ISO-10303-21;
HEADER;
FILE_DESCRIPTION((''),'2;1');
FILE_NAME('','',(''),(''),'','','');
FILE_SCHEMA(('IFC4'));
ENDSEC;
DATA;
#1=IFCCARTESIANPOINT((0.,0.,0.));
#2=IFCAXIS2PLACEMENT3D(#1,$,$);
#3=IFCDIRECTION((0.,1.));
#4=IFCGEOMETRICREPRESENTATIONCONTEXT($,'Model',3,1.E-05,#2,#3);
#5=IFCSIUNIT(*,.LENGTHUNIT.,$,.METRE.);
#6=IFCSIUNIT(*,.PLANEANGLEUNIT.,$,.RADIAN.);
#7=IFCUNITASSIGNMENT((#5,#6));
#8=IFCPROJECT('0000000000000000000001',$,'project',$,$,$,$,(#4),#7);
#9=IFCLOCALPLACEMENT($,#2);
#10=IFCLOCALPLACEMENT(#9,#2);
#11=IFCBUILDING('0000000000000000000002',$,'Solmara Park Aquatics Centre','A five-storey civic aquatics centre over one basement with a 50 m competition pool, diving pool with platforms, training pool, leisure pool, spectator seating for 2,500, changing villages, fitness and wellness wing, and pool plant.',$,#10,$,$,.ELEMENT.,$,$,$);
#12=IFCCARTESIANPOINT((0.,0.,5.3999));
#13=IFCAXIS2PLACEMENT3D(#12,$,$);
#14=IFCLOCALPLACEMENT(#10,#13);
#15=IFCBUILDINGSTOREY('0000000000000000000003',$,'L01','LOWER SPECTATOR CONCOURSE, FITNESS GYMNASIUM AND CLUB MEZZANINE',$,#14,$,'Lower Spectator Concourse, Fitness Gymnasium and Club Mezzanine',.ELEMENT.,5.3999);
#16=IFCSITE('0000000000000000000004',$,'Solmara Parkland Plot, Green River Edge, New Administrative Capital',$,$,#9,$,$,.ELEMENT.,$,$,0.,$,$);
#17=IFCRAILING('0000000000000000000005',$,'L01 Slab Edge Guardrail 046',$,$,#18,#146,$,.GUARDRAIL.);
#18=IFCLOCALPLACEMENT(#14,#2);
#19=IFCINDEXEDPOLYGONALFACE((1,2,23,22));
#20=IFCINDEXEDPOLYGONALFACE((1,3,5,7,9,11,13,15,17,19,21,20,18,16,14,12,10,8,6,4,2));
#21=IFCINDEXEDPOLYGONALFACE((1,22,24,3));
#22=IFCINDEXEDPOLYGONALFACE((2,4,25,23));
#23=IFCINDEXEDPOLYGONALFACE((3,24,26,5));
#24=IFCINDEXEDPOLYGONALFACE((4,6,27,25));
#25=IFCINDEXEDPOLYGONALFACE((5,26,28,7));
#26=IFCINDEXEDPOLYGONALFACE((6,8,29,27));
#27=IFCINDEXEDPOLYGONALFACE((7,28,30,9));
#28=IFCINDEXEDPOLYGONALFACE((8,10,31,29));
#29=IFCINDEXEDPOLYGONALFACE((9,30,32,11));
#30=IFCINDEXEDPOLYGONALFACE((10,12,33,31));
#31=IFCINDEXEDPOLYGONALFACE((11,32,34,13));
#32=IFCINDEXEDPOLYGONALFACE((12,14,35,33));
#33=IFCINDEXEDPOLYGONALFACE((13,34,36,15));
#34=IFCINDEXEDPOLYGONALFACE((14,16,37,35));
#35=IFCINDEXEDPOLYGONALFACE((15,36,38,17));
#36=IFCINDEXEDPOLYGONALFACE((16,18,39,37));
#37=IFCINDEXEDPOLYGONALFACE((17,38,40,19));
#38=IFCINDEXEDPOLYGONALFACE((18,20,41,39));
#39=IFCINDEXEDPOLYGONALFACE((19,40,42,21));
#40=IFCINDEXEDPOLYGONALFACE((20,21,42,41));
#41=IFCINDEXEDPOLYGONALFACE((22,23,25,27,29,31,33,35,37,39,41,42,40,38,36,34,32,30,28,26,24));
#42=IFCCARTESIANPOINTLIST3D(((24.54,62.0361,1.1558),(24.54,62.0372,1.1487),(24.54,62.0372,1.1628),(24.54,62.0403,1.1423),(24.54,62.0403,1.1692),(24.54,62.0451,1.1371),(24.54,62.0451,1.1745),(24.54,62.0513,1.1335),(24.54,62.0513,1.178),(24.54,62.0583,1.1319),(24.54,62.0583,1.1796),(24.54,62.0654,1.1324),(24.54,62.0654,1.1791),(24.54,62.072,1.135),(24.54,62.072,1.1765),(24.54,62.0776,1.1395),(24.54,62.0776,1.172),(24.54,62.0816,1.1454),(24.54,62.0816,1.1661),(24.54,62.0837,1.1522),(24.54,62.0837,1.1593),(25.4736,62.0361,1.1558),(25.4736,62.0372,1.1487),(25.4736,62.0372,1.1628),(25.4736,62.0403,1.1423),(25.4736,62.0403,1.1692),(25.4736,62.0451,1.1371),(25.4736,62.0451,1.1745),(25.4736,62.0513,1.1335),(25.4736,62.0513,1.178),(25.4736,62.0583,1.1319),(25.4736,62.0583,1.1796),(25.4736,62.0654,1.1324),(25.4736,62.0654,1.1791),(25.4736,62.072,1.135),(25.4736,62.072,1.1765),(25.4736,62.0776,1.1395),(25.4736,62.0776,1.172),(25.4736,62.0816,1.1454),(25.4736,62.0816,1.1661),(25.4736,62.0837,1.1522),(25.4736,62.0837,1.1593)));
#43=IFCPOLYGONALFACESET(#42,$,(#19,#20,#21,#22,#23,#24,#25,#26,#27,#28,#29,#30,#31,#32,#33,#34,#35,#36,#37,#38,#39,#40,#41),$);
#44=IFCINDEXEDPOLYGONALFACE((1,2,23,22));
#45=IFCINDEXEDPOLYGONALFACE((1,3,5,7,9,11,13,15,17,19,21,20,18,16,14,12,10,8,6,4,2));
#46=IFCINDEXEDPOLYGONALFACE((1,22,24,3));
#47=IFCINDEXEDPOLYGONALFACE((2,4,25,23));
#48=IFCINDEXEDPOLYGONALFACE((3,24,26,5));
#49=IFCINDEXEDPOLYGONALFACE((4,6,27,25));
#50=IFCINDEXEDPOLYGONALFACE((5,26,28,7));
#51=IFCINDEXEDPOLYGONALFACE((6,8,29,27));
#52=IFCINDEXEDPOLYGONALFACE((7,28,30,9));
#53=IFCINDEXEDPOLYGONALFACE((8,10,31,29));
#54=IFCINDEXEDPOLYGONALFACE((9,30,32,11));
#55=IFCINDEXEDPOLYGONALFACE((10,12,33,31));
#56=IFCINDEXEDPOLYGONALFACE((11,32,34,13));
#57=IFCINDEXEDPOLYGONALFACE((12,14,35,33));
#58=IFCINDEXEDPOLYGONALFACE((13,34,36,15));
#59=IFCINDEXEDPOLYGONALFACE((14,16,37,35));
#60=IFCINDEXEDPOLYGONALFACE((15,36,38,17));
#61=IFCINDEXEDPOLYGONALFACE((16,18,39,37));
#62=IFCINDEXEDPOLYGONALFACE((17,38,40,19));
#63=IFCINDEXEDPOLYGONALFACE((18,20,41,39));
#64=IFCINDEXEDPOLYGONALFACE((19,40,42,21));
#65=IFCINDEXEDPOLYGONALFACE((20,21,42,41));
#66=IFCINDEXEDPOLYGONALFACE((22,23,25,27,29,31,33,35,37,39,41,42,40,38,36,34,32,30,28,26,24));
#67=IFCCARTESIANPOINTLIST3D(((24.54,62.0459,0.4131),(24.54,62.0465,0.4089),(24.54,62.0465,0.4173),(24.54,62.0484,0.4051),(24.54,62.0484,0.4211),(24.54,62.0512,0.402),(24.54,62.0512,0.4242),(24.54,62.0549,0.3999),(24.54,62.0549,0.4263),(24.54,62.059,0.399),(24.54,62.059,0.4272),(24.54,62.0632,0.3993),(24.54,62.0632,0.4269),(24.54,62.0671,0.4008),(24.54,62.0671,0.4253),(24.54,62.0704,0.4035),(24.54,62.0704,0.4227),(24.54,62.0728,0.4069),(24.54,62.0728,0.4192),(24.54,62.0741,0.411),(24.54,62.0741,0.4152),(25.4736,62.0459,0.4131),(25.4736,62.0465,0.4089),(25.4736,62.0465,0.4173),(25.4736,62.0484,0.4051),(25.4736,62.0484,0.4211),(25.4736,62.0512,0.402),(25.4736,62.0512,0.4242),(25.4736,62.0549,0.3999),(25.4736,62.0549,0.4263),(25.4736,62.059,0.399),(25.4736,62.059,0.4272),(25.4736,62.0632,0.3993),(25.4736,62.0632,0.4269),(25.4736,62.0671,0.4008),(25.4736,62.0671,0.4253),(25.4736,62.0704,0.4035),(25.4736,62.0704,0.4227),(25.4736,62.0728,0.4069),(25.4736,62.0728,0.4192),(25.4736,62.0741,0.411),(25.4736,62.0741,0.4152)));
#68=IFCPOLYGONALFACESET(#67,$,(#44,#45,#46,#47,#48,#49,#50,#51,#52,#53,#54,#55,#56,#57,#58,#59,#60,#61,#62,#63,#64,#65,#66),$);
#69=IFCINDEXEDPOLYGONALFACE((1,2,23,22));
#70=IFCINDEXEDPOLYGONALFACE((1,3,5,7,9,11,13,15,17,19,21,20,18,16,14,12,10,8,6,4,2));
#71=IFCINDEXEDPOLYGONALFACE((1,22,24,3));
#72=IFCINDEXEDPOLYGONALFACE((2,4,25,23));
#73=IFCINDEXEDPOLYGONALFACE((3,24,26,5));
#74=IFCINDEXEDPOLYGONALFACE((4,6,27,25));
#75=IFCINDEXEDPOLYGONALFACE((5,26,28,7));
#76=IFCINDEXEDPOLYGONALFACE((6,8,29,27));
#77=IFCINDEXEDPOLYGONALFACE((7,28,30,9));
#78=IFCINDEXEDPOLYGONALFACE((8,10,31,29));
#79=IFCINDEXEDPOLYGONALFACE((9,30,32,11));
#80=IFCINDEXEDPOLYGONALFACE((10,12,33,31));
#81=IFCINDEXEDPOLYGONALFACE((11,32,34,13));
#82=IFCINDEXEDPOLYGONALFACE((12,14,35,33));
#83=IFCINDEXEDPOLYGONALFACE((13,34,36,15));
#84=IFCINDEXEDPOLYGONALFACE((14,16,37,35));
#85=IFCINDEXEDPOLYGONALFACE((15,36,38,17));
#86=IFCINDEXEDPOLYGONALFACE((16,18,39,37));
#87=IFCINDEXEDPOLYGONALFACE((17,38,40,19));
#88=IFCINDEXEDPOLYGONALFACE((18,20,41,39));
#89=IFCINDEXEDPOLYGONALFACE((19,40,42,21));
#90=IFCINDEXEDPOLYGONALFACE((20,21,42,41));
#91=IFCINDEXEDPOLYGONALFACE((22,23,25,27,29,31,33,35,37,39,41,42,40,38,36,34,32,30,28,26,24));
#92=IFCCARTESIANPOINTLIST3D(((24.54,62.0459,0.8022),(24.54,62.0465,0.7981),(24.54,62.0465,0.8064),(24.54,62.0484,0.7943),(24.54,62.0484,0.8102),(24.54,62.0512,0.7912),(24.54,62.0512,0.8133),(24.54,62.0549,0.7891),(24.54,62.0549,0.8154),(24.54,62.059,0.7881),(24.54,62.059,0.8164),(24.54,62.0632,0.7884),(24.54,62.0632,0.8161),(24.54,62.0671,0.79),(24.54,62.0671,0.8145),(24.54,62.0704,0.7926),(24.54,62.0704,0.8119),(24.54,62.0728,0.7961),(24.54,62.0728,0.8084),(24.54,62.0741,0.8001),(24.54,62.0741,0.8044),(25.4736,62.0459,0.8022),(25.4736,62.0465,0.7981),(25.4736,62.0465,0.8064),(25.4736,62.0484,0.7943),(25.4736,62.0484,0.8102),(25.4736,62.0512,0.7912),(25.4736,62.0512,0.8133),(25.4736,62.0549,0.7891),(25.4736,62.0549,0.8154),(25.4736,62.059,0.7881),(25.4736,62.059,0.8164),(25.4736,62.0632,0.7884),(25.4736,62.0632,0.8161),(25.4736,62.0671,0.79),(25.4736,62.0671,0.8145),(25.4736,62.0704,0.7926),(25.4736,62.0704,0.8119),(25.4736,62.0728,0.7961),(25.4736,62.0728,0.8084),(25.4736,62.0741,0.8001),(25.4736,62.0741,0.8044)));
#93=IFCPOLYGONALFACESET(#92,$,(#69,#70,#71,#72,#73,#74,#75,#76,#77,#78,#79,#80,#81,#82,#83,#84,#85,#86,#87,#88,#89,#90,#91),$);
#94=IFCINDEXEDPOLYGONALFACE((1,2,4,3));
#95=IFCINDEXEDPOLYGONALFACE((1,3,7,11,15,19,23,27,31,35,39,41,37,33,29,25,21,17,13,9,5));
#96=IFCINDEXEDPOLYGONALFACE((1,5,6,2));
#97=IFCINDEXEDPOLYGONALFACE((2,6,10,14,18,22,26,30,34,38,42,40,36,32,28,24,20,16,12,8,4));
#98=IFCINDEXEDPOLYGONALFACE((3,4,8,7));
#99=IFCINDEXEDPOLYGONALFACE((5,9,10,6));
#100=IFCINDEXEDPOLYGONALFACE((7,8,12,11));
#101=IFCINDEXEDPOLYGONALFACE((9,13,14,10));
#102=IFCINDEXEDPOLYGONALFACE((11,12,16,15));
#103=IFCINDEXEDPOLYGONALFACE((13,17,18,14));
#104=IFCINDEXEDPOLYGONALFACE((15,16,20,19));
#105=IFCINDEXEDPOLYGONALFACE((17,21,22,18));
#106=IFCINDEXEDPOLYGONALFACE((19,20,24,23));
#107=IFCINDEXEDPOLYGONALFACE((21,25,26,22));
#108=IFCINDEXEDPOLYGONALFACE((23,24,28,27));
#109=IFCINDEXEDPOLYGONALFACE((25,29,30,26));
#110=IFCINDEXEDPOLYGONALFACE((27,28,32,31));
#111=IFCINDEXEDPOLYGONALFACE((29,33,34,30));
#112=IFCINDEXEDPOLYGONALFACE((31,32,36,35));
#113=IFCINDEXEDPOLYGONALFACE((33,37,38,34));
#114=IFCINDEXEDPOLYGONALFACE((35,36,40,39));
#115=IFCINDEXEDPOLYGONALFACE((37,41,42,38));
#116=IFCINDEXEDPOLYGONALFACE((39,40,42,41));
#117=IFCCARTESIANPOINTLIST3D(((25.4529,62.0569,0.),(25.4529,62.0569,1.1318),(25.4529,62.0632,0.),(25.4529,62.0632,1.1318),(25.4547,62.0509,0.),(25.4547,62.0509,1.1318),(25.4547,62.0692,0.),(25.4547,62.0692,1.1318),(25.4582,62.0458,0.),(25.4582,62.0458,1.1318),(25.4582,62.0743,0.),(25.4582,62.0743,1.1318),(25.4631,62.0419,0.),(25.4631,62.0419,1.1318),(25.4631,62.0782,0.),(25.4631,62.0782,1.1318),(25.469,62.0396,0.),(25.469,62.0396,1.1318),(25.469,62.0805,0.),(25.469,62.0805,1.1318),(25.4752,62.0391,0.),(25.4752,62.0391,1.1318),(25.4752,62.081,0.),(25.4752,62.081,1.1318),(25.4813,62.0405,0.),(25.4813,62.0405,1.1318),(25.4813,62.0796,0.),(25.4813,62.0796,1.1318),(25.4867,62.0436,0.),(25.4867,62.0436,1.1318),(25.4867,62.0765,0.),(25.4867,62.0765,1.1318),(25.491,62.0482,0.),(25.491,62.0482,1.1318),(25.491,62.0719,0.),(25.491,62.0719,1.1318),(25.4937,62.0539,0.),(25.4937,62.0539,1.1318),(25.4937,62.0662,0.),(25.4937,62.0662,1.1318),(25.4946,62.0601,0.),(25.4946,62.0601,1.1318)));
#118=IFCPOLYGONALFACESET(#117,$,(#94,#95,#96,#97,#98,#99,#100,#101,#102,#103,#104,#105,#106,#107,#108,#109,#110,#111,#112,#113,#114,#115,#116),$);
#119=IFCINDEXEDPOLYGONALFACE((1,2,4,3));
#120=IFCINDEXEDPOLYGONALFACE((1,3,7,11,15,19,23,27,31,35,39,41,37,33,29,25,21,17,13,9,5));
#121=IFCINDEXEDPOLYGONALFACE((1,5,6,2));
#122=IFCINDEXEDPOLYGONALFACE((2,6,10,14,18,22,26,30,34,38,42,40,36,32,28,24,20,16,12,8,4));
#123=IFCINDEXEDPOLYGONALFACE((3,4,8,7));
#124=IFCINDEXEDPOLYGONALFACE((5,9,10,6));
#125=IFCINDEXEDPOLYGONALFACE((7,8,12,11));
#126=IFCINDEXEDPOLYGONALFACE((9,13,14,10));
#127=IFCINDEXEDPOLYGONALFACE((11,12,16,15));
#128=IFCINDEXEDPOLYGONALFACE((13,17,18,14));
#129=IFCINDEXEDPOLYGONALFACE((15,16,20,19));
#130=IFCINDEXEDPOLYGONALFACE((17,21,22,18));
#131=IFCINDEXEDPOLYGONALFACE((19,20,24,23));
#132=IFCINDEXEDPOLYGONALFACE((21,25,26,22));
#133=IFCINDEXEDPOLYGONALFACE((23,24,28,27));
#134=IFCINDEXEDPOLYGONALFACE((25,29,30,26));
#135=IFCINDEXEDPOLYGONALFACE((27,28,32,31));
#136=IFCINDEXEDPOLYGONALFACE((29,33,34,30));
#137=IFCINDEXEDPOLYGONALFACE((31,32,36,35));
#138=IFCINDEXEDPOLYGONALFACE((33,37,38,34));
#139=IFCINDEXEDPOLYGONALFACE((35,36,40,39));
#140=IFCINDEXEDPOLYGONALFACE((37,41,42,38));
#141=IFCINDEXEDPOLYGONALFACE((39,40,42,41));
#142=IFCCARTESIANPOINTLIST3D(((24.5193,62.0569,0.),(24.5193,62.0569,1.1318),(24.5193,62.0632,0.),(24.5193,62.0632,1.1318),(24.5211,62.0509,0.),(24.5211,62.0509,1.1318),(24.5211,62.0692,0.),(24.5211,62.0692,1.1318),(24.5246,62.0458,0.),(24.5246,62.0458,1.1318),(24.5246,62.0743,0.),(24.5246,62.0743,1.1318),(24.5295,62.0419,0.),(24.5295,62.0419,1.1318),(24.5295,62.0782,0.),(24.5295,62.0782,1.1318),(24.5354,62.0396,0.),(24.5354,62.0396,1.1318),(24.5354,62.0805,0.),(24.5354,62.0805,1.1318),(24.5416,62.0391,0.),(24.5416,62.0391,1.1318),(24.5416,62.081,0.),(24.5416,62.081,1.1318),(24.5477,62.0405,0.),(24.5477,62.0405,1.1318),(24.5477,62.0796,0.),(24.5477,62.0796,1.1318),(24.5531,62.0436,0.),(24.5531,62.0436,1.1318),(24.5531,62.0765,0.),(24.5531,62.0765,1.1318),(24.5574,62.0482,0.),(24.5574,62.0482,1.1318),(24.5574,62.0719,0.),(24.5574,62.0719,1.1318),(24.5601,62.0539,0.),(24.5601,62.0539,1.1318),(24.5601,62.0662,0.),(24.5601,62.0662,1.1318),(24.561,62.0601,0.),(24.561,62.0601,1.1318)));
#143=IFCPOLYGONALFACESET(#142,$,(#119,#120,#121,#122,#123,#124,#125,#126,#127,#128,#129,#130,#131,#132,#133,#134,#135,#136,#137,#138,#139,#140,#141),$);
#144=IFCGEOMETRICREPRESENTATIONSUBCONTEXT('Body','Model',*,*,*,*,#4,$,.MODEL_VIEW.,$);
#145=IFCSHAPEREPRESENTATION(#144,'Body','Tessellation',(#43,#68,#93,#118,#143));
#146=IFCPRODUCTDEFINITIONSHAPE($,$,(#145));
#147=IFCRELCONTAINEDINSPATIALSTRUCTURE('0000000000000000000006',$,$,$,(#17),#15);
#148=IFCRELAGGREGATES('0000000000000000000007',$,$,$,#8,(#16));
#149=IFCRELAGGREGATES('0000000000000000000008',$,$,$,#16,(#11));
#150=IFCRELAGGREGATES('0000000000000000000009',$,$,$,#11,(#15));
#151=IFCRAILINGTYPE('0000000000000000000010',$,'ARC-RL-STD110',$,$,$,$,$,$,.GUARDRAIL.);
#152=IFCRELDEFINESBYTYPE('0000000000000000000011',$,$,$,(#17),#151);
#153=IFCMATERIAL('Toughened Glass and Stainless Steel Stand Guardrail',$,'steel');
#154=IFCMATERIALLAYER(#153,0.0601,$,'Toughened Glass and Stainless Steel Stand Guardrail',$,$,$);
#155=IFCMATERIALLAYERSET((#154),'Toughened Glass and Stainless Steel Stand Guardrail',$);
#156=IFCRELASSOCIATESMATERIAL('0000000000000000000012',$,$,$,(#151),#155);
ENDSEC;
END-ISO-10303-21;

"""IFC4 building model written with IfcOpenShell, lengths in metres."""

from ifc_helpers import new_model, si_unit, direction, frame, origin, origin_2d, place, context, subcontext, project, spatial, circle, extrude, material, layer, layer_set, type_object, element, save


model = new_model("IFC4")

# Units and contexts
model_context = context("Model", 3, precision=1e-05, world=origin(), true_north=direction((0.0, 1.0)))
body_context = subcontext(model_context, "Body", "Model", "MODEL_VIEW")
ifc_project = project(units=[si_unit("LENGTHUNIT", "METRE"), si_unit("PLANEANGLEUNIT", "RADIAN")], contexts=[model_context])

# Site, building, storey
site_placement = place(None, origin())
site = spatial("IfcSite", under=ifc_project, at=site_placement, Name="Solmara Parkland Plot, Green River Edge, New Administrative Capital", CompositionType="ELEMENT", RefElevation=0.0)
building_placement = place(site_placement, origin())
building = spatial("IfcBuilding", under=site, at=building_placement, Name="Solmara Park Aquatics Centre", Description="A five-storey civic aquatics centre over one basement with a 50 m competition pool, diving pool with platforms, training pool, leisure pool, spectator seating for 2,500, changing villages, fitness and wellness wing, and pool plant.", CompositionType="ELEMENT")
storey_placement = place(building_placement, frame((0.0, 0.0, 5.3999)))
storey = spatial("IfcBuildingStorey", under=building, at=storey_placement, Name="L01", Description="LOWER SPECTATOR CONCOURSE, FITNESS GYMNASIUM AND CLUB MEZZANINE", LongName="Lower Spectator Concourse, Fitness Gymnasium and Club Mezzanine", CompositionType="ELEMENT", Elevation=5.3999)

# Railing
ifc_material_1 = material(Name="Toughened Glass and Stainless Steel Stand Guardrail", Category="steel")
ifc_layer_1 = layer(ifc_material_1, 0.0601, Name="Toughened Glass and Stainless Steel Stand Guardrail")
ifc_layer_set_1 = layer_set([ifc_layer_1], Name="Toughened Glass and Stainless Steel Stand Guardrail")
railing_type_1 = type_object("IfcRailingType", Name="ARC-RL-STD110", PredefinedType="GUARDRAIL", material=ifc_layer_set_1)
railing_1_placement = place(storey_placement, frame((25.4736, 62.0601, 0.0)))
element("IfcRailing", 1, at=railing_1_placement, inside=storey, type_object=railing_type_1, Name="L01 Slab Edge Guardrail 046", PredefinedType="GUARDRAIL", context=body_context, shape_type="SweptSolid", body=[
    extrude(circle(Radius=0.0239, at=origin_2d()), frame((0.0, 0.0, 1.1558), z_axis=(-1.0, 0.0, 0.0), x_axis=(0.0, -1.0, 0.0)), (0.0, 0.0, 1.0), 0.9336),
    extrude(circle(Radius=0.0142, at=origin_2d()), frame((0.0, 0.0, 0.4131), z_axis=(-1.0, 0.0, 0.0), x_axis=(0.0, -1.0, 0.0)), (0.0, 0.0, 1.0), 0.9336),
    extrude(circle(Radius=0.0142, at=origin_2d()), frame((0.0, 0.0, 0.8022), z_axis=(-1.0, 0.0, 0.0), x_axis=(0.0, -1.0, 0.0)), (0.0, 0.0, 1.0), 0.9336),
    extrude(circle(Radius=0.021, at=origin_2d()), origin(), (0.0, 0.0, 1.0), 1.1318),
    extrude(circle(Radius=0.021, at=origin_2d()), frame((-0.9336, 0.0, 0.0)), (0.0, 0.0, 1.0), 1.1318),
])

save(model, "model.ifc")
